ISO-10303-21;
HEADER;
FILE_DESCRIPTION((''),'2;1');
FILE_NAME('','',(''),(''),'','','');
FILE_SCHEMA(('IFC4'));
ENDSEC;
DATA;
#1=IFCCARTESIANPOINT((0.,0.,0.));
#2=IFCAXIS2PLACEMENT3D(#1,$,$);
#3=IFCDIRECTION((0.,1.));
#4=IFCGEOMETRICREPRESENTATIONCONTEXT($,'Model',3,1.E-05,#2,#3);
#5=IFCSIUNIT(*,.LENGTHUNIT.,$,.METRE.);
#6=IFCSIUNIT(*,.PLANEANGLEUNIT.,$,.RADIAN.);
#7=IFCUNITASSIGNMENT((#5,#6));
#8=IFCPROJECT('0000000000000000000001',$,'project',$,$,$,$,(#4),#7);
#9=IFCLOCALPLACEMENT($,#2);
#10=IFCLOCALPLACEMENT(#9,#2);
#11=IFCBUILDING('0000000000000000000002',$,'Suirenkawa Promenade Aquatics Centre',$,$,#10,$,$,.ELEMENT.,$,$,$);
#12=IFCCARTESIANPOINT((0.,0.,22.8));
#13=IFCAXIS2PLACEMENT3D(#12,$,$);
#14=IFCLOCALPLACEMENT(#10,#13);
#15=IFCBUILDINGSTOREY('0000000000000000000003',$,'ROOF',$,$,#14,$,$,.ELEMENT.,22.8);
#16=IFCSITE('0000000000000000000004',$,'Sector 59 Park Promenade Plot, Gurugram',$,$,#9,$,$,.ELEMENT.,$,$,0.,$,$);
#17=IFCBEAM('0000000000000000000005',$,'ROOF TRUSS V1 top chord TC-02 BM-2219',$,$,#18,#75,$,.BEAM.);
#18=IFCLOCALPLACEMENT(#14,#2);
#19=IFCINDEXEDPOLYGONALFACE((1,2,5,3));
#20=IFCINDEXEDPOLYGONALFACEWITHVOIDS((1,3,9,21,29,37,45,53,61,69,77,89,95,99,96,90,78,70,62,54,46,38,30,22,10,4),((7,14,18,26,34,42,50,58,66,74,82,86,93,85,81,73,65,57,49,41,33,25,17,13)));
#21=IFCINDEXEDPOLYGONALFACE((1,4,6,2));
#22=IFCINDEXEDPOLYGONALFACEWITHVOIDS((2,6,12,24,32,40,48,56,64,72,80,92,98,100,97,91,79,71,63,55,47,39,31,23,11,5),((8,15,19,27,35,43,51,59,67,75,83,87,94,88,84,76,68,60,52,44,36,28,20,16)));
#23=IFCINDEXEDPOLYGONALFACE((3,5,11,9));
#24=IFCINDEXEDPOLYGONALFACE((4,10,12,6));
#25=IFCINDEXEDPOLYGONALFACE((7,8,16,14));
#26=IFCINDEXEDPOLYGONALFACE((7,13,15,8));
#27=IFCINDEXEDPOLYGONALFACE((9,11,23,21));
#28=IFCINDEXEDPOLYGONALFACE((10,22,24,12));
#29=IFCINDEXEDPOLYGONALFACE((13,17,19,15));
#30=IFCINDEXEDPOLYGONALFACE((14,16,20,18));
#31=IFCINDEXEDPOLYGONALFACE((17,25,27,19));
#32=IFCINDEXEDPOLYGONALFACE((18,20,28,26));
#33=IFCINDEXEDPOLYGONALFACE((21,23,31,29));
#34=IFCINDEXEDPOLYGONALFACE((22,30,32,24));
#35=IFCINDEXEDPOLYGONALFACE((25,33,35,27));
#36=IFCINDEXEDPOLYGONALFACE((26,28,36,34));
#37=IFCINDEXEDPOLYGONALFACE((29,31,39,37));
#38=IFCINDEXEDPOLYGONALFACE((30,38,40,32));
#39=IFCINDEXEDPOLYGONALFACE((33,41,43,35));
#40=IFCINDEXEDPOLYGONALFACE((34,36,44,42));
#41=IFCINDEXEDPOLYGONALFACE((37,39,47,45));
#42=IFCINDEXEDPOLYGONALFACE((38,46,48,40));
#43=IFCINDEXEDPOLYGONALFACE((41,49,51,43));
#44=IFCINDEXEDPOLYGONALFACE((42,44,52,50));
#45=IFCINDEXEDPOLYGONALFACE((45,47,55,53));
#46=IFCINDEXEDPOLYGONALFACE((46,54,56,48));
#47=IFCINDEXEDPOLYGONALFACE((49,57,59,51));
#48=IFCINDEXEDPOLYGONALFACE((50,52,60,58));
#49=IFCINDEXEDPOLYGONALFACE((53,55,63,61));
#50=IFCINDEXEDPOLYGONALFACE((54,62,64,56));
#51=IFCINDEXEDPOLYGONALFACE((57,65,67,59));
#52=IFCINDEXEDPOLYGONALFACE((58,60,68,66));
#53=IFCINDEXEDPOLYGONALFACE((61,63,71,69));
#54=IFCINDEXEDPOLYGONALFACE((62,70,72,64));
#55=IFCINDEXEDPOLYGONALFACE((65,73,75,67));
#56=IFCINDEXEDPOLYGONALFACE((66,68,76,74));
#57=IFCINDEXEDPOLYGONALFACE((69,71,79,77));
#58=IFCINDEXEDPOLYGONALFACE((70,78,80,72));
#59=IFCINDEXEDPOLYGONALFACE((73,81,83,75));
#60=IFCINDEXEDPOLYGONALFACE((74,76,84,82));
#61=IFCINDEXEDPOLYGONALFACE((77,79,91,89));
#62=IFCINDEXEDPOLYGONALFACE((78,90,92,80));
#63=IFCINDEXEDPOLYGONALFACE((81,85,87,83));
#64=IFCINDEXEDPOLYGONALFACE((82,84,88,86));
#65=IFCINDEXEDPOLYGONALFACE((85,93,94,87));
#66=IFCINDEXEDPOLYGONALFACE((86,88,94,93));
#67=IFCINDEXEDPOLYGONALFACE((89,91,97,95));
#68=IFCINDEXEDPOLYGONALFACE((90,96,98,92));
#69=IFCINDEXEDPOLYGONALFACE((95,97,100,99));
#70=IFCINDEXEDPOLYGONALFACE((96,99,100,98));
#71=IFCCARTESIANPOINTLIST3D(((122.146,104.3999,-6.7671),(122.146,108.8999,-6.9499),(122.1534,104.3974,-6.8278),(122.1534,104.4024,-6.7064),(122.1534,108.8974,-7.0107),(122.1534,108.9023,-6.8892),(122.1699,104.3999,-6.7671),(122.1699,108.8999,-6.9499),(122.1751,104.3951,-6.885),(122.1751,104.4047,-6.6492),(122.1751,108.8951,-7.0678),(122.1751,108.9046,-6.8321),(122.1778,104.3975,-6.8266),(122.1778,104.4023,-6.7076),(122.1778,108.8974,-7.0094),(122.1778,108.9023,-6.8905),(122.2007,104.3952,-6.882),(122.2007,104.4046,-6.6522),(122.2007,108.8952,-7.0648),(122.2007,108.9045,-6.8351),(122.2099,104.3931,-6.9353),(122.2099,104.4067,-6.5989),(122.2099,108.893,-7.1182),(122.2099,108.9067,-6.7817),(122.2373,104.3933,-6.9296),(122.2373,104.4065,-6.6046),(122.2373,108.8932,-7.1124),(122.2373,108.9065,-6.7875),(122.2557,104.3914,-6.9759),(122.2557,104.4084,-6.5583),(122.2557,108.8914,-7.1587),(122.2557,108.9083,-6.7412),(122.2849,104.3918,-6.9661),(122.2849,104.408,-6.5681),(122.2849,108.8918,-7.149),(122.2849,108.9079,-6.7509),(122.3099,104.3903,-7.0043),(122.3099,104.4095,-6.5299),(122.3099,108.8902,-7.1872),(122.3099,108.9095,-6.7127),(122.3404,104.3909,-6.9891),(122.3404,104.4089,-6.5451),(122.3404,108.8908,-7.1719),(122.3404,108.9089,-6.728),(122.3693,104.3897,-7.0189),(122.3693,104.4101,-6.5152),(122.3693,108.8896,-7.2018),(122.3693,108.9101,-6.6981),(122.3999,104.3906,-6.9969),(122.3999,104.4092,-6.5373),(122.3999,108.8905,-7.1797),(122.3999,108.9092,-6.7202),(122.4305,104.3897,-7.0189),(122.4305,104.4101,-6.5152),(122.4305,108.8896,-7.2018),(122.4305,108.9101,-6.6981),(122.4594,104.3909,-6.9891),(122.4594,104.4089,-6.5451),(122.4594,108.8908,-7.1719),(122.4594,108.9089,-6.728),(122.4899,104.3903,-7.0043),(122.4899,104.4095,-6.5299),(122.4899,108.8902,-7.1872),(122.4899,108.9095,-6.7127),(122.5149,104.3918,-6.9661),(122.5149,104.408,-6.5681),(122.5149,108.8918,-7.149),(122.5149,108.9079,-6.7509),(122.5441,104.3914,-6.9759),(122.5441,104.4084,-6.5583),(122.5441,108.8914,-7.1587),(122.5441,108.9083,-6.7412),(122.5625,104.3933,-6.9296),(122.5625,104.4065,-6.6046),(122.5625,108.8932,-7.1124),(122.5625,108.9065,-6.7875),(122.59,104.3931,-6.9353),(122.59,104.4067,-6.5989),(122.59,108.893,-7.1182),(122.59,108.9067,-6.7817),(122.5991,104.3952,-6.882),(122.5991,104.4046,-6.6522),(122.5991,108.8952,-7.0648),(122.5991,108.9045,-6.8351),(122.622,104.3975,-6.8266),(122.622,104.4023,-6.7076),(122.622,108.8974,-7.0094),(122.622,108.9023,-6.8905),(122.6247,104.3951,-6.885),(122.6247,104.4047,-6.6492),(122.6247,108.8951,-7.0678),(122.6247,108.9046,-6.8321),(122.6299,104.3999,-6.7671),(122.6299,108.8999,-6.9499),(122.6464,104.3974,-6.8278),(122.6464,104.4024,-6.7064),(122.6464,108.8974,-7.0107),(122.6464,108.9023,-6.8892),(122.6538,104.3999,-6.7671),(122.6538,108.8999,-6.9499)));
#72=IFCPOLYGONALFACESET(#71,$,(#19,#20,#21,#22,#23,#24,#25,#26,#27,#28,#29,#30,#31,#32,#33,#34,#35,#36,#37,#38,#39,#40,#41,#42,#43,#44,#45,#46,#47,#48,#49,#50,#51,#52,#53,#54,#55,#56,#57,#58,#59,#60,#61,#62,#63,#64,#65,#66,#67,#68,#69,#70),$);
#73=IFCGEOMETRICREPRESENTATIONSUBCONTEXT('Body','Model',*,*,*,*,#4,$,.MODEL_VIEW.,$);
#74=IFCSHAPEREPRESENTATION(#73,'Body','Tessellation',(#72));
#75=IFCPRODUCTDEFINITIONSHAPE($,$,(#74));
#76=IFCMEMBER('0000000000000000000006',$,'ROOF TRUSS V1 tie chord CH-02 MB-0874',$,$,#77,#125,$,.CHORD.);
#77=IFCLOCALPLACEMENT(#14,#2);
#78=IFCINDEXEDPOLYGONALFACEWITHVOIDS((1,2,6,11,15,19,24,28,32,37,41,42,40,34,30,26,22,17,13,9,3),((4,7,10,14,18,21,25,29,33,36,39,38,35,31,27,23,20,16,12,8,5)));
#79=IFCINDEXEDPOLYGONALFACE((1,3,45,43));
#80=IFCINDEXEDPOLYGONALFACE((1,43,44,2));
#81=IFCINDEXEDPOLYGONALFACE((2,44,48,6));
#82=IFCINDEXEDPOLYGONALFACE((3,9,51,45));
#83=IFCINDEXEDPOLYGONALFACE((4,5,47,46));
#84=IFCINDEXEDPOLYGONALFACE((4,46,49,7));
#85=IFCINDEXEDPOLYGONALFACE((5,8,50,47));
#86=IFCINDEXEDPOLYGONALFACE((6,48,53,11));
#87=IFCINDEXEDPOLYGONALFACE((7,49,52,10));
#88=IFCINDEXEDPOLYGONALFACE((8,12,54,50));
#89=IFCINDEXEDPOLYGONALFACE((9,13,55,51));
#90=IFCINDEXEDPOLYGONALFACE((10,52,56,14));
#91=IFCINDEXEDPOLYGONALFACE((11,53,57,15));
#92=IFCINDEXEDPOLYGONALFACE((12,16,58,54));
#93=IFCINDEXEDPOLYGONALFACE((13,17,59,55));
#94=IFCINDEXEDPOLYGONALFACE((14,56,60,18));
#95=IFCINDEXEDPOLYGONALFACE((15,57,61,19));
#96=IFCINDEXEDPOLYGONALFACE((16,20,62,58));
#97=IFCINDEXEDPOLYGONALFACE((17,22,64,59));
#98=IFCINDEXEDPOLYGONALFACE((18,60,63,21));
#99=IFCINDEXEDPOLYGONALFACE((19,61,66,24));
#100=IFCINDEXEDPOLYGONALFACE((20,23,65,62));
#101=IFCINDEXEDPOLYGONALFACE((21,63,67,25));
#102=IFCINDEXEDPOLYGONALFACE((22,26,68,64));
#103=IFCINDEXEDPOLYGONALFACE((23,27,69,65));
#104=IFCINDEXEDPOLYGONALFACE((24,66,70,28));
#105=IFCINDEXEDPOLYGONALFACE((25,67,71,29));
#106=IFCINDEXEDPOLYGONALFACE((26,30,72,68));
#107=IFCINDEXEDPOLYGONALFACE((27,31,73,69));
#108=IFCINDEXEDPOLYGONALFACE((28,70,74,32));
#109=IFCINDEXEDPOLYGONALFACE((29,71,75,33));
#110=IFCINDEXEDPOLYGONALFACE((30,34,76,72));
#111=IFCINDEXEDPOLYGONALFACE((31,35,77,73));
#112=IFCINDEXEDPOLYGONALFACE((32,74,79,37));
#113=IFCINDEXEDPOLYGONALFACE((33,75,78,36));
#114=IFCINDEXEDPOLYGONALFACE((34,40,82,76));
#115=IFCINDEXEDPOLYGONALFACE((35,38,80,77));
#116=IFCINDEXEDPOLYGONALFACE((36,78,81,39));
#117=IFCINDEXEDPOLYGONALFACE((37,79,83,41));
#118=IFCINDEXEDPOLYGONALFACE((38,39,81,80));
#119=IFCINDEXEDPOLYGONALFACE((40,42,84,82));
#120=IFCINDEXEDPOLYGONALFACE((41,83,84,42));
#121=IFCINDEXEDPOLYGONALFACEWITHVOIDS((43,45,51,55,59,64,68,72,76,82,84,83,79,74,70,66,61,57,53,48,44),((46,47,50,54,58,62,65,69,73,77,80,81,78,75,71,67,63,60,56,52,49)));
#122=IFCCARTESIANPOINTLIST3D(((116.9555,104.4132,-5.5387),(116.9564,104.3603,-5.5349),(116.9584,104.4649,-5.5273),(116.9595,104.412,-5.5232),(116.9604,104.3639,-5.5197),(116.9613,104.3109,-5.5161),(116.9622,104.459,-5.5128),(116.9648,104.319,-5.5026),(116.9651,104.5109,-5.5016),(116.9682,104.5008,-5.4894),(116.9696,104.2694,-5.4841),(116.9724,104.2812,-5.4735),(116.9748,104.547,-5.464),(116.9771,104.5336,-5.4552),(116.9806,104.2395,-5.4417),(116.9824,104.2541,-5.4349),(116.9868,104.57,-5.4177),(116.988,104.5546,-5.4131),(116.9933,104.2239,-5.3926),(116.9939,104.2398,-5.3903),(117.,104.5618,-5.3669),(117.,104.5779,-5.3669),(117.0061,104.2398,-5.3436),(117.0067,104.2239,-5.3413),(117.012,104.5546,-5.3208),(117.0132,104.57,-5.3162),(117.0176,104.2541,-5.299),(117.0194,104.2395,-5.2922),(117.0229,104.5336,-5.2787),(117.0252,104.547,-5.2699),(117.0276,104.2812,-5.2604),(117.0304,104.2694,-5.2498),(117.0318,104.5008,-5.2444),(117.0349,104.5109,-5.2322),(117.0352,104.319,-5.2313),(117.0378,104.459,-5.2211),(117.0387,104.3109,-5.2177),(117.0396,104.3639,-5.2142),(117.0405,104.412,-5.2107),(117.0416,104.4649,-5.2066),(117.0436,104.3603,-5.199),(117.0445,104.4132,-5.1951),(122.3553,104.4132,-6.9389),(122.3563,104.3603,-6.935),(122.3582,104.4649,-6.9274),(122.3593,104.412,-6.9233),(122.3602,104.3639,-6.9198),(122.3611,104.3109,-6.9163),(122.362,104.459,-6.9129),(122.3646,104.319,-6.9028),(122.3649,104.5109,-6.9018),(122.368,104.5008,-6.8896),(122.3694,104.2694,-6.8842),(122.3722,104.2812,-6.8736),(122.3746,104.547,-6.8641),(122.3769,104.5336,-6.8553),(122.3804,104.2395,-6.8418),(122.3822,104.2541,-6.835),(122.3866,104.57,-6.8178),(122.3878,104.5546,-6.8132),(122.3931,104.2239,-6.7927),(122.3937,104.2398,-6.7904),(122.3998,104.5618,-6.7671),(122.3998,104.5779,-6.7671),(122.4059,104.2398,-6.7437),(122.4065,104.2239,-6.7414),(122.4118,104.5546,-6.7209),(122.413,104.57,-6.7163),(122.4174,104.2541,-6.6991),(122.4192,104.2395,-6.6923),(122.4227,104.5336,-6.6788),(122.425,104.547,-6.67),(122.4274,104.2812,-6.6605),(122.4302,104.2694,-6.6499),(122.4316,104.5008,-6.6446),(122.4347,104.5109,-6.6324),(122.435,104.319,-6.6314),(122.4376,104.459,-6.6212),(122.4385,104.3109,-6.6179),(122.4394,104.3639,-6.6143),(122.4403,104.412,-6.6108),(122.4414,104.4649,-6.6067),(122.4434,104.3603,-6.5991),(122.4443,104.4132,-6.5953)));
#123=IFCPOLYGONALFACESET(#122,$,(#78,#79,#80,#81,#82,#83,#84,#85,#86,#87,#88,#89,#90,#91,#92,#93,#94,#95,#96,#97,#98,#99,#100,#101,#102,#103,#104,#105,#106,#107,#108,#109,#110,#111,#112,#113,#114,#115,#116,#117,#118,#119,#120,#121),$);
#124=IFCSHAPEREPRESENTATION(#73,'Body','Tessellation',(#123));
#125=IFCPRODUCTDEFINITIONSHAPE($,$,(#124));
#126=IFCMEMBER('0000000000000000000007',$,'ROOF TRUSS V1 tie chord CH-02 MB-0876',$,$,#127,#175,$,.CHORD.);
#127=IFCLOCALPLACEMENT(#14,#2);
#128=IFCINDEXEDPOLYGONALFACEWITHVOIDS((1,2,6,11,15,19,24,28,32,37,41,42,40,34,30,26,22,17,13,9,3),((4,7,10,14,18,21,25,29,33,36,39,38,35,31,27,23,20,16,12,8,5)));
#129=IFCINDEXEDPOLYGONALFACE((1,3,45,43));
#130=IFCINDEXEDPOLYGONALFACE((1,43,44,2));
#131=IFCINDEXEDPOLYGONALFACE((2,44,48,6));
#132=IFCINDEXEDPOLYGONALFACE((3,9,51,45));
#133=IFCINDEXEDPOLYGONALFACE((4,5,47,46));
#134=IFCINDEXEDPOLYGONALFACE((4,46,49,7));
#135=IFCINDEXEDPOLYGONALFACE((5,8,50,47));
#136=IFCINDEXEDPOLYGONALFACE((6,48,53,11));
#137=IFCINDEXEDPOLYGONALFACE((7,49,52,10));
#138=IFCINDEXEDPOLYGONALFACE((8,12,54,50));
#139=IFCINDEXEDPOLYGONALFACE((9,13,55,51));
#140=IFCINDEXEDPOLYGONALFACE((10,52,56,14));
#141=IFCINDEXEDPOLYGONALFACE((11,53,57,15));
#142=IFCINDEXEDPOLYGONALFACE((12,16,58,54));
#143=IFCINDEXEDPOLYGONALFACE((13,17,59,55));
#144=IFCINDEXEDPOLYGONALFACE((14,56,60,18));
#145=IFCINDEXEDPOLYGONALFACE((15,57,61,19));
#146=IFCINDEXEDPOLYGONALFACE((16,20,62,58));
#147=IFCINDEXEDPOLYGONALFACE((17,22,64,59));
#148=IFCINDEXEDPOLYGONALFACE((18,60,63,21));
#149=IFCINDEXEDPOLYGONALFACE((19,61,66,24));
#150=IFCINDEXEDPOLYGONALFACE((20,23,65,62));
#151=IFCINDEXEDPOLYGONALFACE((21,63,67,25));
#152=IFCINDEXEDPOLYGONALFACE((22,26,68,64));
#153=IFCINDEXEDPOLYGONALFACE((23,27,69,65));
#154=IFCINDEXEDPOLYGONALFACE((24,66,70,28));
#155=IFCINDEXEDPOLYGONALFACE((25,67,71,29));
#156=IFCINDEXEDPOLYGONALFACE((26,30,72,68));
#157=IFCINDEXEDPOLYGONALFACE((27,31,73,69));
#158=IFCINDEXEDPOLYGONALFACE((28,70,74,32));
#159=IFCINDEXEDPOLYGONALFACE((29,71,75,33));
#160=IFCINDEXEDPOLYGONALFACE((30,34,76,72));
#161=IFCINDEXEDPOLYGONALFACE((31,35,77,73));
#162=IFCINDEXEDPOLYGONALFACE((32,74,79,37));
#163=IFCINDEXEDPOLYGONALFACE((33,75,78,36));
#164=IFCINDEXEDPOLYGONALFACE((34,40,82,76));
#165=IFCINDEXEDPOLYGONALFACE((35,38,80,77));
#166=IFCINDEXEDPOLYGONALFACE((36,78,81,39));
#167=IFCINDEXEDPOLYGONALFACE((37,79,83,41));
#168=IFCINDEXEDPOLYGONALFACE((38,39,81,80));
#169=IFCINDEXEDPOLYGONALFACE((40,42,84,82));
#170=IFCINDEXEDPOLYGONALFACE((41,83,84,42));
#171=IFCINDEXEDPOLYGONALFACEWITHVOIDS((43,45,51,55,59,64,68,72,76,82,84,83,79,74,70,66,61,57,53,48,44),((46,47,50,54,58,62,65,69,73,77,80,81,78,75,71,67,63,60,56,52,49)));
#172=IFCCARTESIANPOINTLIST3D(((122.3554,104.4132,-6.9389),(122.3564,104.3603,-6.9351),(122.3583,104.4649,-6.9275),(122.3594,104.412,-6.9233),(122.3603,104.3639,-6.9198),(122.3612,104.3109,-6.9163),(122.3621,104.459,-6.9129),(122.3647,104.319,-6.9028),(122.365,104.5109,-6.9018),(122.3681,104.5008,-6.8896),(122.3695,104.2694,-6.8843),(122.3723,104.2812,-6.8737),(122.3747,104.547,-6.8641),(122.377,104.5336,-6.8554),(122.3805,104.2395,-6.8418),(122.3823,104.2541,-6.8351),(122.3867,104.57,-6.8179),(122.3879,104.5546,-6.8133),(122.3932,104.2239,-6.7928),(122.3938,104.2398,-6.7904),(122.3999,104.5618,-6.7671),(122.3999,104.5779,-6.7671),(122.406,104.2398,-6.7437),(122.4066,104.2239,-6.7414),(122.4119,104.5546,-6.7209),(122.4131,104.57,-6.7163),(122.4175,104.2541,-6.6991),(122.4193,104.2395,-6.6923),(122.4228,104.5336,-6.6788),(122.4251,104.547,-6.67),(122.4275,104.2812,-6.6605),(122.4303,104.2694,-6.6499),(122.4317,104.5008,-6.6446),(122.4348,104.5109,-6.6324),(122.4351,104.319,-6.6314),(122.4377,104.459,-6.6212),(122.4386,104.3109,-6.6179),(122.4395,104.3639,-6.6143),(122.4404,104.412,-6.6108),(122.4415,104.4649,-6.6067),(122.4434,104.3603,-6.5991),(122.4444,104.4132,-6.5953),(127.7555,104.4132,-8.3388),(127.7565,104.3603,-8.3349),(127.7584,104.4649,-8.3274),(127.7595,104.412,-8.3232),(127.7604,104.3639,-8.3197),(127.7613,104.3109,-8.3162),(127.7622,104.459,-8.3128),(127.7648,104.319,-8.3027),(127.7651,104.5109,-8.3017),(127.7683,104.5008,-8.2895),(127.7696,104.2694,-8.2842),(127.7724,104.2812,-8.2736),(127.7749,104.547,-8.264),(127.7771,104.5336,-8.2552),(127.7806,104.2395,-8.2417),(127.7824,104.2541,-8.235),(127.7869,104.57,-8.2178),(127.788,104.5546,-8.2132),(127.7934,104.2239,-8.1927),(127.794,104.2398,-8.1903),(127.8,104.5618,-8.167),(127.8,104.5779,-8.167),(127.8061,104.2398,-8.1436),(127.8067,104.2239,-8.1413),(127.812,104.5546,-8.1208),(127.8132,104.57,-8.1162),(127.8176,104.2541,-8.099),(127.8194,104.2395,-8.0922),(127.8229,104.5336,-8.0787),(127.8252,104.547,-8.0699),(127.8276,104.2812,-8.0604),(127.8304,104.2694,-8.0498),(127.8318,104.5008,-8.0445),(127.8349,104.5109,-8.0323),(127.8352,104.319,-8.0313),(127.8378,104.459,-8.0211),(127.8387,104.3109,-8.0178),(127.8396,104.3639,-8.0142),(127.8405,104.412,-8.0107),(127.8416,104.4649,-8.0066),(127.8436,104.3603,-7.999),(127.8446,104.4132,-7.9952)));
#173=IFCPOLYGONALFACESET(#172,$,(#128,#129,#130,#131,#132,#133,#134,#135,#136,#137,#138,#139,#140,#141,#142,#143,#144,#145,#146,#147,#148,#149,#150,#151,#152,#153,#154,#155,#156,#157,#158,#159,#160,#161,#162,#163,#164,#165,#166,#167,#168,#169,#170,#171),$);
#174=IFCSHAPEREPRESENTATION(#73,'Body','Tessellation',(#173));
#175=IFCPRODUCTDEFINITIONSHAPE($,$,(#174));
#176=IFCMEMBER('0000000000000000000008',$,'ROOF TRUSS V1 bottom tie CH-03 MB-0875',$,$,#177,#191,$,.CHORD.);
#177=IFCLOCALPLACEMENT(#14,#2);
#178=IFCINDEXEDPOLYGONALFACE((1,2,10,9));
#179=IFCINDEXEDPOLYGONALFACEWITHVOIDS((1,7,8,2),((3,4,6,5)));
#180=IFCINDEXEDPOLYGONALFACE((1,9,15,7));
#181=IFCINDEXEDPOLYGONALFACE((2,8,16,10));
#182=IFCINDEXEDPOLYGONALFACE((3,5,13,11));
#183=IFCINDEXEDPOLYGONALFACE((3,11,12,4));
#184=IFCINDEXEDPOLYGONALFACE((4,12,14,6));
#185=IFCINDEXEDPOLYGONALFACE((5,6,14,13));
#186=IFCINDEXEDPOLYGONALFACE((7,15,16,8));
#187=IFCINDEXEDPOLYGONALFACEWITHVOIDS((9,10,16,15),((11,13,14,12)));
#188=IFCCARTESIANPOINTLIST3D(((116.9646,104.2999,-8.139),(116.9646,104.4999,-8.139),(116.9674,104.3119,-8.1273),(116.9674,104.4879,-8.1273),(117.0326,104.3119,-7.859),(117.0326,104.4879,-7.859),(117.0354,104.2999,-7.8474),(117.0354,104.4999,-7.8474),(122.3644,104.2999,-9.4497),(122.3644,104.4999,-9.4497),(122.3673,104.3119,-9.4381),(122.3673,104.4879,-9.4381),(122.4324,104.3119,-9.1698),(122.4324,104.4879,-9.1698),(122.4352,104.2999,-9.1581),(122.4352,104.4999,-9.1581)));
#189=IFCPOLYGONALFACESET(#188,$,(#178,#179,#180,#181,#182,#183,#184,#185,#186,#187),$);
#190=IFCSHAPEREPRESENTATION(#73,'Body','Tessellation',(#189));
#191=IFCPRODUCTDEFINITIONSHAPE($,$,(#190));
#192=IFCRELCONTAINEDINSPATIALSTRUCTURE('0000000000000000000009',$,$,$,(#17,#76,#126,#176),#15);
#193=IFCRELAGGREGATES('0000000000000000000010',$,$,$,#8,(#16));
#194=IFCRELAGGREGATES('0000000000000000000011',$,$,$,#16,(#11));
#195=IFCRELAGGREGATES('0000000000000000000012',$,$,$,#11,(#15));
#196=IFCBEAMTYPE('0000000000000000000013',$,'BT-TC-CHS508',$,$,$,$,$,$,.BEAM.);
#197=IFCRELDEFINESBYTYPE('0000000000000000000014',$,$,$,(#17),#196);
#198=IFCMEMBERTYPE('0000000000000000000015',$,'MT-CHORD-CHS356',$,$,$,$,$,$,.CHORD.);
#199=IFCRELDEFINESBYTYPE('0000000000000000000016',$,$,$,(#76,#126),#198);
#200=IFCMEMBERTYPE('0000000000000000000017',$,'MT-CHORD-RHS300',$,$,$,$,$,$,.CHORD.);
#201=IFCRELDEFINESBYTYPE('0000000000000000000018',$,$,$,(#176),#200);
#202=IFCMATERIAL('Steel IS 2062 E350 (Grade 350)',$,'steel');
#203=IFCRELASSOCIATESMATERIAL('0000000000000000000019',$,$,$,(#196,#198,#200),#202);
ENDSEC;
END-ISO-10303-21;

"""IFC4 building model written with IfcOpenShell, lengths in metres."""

from ifc_helpers import new_model, si_unit, direction, frame, origin, origin_2d, place, context, subcontext, project, spatial, hollow_rectangle, hollow_circle, extrude, material, material_profile, profile_set, type_object, element, save


model = new_model("IFC4")

# Units and contexts
model_context = context("Model", 3, precision=1e-05, world=origin(), true_north=direction((0.0, 1.0)))
body_context = subcontext(model_context, "Body", "Model", "MODEL_VIEW")
ifc_project = project(units=[si_unit("LENGTHUNIT", "METRE"), si_unit("PLANEANGLEUNIT", "RADIAN")], contexts=[model_context])

# Site, building, storey
site_placement = place(None, origin())
site = spatial("IfcSite", under=ifc_project, at=site_placement, Name="Sector 59 Park Promenade Plot, Gurugram", CompositionType="ELEMENT", RefElevation=0.0)
building_placement = place(site_placement, origin())
building = spatial("IfcBuilding", under=site, at=building_placement, Name="Suirenkawa Promenade Aquatics Centre", CompositionType="ELEMENT")
storey_placement = place(building_placement, frame((0.0, 0.0, 22.8)))
storey = spatial("IfcBuildingStorey", under=building, at=storey_placement, Name="ROOF", CompositionType="ELEMENT", Elevation=22.8)

# Beam
ifc_material = material(Name="Steel IS 2062 E350 (Grade 350)", Category="steel")
ifc_material_profile_1 = material_profile(ifc_material, hollow_circle(Radius=0.2539, WallThickness=0.0239, at=origin_2d()), Name="CHS 508x24", Category="steel")
ifc_profile_set_1 = profile_set([ifc_material_profile_1], Name="Steel IS 2062 E350 (Grade 350)")
beam_type_1 = type_object("IfcBeamType", Name="BT-TC-CHS508", PredefinedType="BEAM", material=ifc_profile_set_1)
for number, where, z_axis, x_axis, name in (
    (1, (122.3999, 104.3999, -6.7671), (0.0, 0.999175, -0.040602), (-1.0, 0.0, 0.0), "ROOF TRUSS V1 top chord TC-02 BM-2219"),
):
    element("IfcBeam", number, at=place(storey_placement, frame(where, z_axis=z_axis, x_axis=x_axis)), inside=storey, type_object=beam_type_1, Name=name, PredefinedType="BEAM", context=body_context, shape_type="SweptSolid", body=[
        extrude(hollow_circle(Radius=0.2539, WallThickness=0.0239, at=origin_2d()), origin(), (0.0, 0.0, 1.0), 4.5037),
    ])

# Members
ifc_material_profile_2 = material_profile(ifc_material, hollow_circle(Radius=0.178, WallThickness=0.0161, at=origin_2d()), Name="CHS 356x16", Category="steel")
ifc_profile_set_2 = profile_set([ifc_material_profile_2], Name="Steel IS 2062 E350 (Grade 350)")
member_type_1 = type_object("IfcMemberType", Name="MT-CHORD-CHS356", PredefinedType="CHORD", material=ifc_profile_set_2)
member_1_placement = place(storey_placement, frame((117.0, 104.3999, -5.3669), z_axis=(0.967989, 0.0, -0.250991), x_axis=(0.0, 1.0, 0.0)))
element("IfcMember", 2, at=member_1_placement, inside=storey, type_object=member_type_1, Name="ROOF TRUSS V1 tie chord CH-02 MB-0874", PredefinedType="CHORD", context=body_context, shape_type="SweptSolid", body=[
    extrude(hollow_circle(Radius=0.178, WallThickness=0.0161, at=origin_2d()), origin(), (0.0, 0.0, 1.0), 5.5784),
])
member_2_placement = place(storey_placement, frame((122.3999, 104.3999, -6.7671), z_axis=(0.968003, 0.0, -0.250939), x_axis=(0.0, 1.0, 0.0)))
element("IfcMember", 3, at=member_2_placement, inside=storey, type_object=member_type_1, Name="ROOF TRUSS V1 tie chord CH-02 MB-0876", PredefinedType="CHORD", context=body_context, shape_type="SweptSolid", body=[
    extrude(hollow_circle(Radius=0.178, WallThickness=0.0161, at=origin_2d()), origin(), (0.0, 0.0, 1.0), 5.5786),
])
ifc_material_profile_3 = material_profile(ifc_material, hollow_rectangle(XDim=0.2, YDim=0.3, WallThickness=0.012, at=origin_2d()), Name="RHS 300x200x12", Category="steel")
ifc_profile_set_3 = profile_set([ifc_material_profile_3], Name="Steel IS 2062 E350 (Grade 350)")
member_type_2 = type_object("IfcMemberType", Name="MT-CHORD-RHS300", PredefinedType="CHORD", material=ifc_profile_set_3)
member_3_placement = place(storey_placement, frame((117.0, 104.3999, -7.9932), z_axis=(0.971779, 0.0, -0.235893), x_axis=(0.0, 1.0, 0.0)))
element("IfcMember", 4, at=member_3_placement, inside=storey, type_object=member_type_2, Name="ROOF TRUSS V1 bottom tie CH-03 MB-0875", PredefinedType="CHORD", context=body_context, shape_type="SweptSolid", body=[
    extrude(hollow_rectangle(XDim=0.2, YDim=0.3, WallThickness=0.012, at=origin_2d()), origin(), (0.0, 0.0, 1.0), 5.5566),
])

save(model, "model.ifc")
